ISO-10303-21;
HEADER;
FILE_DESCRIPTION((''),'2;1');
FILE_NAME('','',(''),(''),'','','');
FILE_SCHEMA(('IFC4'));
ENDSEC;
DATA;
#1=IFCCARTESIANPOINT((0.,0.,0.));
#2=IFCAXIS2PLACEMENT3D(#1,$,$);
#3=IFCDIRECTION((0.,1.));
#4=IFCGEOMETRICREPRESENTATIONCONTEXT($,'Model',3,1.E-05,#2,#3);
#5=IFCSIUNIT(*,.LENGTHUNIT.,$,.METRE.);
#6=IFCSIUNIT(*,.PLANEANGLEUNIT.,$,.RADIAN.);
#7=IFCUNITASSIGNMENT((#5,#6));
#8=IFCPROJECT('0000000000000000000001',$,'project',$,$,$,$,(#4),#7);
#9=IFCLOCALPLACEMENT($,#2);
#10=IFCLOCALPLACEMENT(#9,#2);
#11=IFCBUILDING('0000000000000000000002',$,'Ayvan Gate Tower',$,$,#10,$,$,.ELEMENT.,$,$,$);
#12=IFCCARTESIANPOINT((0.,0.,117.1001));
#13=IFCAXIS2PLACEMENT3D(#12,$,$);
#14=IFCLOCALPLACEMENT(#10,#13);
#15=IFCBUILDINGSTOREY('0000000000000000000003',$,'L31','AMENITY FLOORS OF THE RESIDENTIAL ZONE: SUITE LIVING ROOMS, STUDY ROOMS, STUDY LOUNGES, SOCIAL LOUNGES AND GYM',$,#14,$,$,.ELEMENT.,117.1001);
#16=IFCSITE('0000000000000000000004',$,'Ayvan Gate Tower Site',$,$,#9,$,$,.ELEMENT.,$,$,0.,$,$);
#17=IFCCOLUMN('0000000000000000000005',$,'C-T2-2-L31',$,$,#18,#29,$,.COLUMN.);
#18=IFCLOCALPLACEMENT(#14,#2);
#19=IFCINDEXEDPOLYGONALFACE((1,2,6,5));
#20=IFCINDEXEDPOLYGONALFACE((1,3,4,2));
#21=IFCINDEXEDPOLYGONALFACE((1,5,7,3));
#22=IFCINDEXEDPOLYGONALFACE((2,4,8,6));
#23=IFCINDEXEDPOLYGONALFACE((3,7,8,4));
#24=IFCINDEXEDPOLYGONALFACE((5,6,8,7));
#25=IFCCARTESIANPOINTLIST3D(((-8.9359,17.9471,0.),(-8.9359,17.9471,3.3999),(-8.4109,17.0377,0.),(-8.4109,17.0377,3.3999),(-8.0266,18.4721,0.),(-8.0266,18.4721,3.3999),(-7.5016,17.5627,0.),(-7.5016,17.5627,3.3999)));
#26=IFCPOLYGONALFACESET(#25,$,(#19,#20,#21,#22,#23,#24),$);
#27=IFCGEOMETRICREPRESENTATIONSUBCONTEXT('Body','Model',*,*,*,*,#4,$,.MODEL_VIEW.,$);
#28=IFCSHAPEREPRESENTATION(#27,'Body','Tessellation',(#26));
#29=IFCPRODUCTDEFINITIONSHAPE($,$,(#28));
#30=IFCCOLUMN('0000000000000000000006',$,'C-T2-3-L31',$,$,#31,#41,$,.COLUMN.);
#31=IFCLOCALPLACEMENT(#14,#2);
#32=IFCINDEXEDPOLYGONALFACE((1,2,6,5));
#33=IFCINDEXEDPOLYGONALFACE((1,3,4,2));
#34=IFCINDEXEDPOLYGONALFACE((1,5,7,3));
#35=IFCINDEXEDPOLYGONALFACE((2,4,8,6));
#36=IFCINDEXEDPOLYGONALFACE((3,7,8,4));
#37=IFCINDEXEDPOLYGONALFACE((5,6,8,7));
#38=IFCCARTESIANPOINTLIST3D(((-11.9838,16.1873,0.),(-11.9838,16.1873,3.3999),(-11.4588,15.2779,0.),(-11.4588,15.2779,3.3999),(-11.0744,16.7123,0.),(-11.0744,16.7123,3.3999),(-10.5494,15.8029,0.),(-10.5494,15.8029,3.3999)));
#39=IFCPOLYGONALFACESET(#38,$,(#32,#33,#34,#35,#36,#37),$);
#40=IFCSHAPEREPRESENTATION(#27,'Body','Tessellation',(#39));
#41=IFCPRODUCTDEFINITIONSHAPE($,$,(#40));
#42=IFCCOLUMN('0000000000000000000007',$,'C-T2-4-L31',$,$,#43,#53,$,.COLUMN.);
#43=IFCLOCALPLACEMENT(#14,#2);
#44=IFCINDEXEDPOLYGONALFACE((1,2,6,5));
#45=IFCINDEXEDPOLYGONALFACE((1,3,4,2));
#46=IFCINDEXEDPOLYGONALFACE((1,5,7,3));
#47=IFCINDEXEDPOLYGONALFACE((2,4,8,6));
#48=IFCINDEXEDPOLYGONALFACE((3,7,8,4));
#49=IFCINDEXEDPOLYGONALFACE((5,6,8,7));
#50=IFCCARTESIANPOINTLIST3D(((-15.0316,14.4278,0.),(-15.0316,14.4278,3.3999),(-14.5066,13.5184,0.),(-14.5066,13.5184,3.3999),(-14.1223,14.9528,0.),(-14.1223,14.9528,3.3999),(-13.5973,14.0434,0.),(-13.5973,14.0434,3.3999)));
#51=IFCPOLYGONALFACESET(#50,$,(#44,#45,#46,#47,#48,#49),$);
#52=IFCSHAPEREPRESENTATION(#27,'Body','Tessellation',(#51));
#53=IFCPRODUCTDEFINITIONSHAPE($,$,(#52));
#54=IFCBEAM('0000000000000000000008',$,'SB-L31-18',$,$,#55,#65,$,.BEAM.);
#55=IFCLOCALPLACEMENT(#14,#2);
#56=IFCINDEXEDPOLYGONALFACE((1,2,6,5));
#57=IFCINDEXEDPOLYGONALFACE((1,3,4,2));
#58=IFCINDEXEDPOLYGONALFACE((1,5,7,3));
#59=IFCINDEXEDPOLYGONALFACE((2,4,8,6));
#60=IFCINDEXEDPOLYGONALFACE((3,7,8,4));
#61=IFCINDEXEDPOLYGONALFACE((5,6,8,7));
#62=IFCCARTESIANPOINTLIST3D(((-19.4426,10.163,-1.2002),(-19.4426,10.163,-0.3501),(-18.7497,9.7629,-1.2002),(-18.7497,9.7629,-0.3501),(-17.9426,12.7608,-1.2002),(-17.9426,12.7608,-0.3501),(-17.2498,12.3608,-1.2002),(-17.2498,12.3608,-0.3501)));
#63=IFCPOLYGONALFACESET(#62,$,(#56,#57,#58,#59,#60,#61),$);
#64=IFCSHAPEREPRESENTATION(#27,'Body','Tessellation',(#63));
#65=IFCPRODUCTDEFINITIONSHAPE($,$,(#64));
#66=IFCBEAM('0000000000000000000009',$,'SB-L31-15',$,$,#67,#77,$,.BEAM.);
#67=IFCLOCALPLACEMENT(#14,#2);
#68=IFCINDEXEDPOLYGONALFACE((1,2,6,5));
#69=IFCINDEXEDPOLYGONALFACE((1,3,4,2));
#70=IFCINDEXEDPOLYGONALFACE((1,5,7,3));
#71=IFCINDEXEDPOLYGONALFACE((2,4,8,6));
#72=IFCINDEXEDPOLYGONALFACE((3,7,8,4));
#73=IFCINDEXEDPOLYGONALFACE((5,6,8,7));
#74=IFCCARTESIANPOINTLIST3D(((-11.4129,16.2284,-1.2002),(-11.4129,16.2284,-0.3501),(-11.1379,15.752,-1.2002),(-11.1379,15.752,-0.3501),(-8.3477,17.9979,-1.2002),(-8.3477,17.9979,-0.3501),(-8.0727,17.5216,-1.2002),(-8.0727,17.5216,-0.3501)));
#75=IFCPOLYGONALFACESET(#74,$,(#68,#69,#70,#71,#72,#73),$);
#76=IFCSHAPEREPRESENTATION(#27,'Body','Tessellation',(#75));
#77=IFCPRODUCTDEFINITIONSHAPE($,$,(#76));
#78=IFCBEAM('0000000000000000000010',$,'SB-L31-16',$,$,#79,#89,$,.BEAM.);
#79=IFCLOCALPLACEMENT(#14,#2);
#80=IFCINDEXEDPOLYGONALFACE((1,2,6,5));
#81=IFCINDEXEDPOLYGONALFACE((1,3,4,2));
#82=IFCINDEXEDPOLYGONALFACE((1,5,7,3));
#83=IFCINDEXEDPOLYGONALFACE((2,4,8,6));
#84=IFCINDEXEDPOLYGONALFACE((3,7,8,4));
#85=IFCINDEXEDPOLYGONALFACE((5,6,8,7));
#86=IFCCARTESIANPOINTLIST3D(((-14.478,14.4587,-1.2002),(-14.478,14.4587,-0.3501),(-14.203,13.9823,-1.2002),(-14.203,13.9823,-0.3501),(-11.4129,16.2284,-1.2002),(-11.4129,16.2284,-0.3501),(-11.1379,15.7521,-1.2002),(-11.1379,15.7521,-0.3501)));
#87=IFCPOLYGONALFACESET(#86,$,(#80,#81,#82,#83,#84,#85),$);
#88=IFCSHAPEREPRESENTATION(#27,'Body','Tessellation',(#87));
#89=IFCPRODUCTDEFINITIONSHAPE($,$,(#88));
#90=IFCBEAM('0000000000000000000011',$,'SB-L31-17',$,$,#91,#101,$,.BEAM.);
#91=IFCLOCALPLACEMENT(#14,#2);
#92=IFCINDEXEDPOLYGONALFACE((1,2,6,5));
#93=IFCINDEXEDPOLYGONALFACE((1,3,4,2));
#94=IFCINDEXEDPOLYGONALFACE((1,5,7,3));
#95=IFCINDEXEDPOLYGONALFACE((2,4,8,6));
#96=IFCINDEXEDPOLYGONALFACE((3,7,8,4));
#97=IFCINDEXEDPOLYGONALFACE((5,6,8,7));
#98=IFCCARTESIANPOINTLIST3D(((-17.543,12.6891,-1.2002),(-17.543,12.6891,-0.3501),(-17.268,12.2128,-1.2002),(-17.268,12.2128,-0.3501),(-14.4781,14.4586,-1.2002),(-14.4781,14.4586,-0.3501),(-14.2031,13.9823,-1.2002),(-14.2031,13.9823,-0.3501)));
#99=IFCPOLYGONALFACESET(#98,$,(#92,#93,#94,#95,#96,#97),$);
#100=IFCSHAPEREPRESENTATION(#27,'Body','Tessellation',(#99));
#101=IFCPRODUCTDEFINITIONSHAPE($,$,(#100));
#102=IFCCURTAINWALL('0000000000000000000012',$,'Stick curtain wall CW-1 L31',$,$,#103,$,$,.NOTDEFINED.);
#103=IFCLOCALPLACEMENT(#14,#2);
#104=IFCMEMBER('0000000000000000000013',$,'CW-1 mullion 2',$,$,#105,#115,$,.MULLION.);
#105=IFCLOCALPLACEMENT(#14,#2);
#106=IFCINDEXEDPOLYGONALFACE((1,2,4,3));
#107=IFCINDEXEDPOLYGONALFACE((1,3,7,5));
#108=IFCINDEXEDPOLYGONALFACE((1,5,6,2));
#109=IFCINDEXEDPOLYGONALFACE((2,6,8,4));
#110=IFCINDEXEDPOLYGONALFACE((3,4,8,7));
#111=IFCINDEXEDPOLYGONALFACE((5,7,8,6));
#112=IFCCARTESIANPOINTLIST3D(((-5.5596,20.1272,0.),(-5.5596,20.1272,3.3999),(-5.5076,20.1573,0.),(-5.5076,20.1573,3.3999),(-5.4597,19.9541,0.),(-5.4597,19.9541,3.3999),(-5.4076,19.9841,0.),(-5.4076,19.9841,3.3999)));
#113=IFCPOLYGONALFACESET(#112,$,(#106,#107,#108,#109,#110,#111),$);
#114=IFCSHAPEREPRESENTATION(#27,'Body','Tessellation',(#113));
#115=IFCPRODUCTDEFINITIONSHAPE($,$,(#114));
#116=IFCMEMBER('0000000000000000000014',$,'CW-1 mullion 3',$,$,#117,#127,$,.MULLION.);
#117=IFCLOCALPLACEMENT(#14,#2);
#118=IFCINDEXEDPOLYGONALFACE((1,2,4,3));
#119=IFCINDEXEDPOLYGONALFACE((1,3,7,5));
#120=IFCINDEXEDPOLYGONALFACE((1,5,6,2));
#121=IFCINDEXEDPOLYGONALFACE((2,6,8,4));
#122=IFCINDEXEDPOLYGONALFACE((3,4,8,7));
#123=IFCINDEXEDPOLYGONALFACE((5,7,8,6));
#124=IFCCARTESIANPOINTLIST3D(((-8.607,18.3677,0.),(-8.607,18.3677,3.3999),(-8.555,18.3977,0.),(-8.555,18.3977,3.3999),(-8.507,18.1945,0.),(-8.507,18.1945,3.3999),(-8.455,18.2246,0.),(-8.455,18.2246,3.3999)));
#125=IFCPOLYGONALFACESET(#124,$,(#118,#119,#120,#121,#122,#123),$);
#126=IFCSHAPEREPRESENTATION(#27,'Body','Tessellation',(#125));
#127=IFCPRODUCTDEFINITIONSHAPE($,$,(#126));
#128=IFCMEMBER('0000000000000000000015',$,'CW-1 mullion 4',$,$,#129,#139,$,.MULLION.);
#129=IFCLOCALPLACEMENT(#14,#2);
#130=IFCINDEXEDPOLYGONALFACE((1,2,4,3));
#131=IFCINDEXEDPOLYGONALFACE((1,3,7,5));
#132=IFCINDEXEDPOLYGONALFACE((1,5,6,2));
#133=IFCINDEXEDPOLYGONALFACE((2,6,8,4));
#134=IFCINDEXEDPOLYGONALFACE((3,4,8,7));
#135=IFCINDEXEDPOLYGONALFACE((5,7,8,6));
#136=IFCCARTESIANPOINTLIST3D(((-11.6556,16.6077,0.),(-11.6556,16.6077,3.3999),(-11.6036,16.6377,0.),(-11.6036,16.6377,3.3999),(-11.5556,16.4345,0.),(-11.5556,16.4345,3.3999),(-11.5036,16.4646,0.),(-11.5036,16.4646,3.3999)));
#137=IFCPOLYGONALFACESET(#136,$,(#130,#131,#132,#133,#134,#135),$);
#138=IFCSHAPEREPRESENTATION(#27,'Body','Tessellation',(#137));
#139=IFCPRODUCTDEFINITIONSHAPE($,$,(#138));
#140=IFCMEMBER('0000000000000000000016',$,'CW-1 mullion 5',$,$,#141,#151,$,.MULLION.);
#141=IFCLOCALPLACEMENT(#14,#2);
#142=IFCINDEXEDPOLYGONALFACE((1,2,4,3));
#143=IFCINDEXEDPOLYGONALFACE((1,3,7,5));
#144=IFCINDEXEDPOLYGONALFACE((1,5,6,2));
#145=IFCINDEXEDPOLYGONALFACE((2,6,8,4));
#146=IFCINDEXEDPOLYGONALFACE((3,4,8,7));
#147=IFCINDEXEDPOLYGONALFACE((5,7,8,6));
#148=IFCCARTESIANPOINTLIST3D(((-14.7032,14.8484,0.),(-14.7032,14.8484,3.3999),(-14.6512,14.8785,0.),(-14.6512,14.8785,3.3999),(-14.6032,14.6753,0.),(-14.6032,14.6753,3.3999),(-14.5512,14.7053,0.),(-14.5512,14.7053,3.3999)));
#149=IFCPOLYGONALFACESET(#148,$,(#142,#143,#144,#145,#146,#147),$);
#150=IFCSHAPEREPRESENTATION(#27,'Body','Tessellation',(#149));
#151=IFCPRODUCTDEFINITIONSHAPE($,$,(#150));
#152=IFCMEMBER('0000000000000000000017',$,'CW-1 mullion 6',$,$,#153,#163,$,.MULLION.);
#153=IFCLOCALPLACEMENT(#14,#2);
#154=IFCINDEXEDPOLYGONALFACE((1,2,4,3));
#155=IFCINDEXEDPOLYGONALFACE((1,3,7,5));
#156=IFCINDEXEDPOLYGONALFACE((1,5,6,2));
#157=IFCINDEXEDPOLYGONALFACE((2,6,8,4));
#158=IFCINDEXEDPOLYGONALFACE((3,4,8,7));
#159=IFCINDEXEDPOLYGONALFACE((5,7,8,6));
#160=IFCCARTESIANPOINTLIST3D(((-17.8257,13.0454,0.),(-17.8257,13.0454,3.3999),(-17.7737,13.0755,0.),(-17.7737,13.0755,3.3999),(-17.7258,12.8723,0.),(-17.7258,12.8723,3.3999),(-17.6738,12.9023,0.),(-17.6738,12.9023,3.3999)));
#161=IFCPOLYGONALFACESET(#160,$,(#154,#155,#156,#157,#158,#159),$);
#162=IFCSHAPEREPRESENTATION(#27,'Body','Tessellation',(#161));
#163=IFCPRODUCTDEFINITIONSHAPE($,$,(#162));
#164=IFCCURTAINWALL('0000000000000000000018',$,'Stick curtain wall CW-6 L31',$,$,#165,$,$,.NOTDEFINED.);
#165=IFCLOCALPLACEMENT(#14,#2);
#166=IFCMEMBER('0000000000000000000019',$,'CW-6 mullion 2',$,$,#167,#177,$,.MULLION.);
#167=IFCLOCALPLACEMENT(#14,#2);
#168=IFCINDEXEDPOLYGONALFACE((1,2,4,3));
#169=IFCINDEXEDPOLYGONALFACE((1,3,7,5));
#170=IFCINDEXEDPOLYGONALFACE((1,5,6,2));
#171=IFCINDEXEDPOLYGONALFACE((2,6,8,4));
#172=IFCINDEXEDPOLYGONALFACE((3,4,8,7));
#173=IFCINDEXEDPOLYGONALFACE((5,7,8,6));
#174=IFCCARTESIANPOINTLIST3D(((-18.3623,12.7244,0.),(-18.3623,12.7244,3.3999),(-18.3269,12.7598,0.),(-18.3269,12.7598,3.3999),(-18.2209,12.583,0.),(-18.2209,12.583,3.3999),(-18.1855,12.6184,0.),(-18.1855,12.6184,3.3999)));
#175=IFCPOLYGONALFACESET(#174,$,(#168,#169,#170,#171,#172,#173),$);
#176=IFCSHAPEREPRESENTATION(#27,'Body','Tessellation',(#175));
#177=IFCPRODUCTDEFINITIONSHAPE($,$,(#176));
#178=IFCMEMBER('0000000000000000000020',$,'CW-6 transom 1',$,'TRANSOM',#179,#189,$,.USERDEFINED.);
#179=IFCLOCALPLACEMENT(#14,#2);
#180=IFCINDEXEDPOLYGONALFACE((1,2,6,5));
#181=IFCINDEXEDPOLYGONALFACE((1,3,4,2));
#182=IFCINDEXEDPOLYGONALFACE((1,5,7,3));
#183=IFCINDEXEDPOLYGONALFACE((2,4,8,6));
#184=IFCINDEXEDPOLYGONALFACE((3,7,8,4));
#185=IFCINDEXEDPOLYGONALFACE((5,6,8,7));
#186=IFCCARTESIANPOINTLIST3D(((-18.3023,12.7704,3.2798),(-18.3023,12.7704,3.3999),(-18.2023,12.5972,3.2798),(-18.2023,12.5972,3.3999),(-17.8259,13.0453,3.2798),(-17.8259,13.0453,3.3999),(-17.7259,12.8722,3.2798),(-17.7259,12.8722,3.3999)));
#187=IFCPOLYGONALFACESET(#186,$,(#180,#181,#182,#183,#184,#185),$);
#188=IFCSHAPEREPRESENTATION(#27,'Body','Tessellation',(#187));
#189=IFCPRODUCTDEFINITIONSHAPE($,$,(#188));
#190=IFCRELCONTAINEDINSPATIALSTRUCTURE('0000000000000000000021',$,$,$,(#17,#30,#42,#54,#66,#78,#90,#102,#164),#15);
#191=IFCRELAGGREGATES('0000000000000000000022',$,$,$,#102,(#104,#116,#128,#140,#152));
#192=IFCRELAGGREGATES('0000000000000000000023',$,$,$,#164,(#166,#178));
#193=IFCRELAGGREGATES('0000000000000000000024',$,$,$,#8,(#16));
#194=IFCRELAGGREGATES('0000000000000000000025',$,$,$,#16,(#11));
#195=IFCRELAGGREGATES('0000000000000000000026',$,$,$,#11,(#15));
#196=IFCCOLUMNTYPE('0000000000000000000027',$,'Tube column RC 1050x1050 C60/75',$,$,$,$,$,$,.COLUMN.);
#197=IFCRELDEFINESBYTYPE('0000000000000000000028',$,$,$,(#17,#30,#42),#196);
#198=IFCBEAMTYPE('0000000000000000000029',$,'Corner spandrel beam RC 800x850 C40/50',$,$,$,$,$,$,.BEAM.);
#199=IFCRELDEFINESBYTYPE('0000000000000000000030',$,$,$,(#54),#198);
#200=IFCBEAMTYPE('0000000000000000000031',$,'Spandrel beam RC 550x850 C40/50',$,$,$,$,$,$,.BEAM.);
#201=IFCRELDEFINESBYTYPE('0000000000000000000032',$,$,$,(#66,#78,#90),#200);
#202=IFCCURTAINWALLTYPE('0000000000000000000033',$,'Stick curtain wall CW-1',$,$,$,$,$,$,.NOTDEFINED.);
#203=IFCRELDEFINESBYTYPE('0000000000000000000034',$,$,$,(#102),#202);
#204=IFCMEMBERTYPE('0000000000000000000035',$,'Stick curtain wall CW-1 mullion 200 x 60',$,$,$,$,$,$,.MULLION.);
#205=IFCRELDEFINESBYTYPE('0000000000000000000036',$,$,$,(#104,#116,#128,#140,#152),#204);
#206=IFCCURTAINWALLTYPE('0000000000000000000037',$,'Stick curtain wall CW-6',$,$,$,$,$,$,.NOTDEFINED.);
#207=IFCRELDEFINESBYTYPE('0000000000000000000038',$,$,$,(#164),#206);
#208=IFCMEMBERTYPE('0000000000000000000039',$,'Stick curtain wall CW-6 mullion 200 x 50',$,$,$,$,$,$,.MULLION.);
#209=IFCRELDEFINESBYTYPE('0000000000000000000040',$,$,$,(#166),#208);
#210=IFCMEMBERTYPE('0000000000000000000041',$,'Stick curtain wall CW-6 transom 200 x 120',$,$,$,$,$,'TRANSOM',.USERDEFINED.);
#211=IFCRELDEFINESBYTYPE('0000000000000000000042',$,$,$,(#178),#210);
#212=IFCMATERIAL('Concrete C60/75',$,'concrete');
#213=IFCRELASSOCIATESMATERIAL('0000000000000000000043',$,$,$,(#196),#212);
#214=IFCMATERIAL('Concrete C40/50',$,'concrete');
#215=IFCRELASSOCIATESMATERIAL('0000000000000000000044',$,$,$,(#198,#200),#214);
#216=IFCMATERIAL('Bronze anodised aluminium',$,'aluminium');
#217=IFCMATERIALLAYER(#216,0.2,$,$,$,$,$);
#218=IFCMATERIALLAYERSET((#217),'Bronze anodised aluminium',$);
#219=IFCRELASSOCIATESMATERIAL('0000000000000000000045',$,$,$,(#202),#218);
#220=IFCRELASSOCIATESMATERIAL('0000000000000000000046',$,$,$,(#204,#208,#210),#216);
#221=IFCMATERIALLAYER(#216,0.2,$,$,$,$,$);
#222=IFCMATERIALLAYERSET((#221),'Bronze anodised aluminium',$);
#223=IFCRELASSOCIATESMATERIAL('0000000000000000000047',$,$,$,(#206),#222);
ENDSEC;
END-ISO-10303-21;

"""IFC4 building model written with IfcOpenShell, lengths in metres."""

from ifc_helpers import new_model, si_unit, direction, frame, origin, origin_2d, place, context, subcontext, project, spatial, rectangle, extrude, material, layer, layer_set, material_profile, profile_set, type_object, element, aggregate, save


model = new_model("IFC4")

# Units and contexts
model_context = context("Model", 3, precision=1e-05, world=origin(), true_north=direction((0.0, 1.0)))
body_context = subcontext(model_context, "Body", "Model", "MODEL_VIEW")
ifc_project = project(units=[si_unit("LENGTHUNIT", "METRE"), si_unit("PLANEANGLEUNIT", "RADIAN")], contexts=[model_context])

# Site, building, storey
site_placement = place(None, origin())
site = spatial("IfcSite", under=ifc_project, at=site_placement, Name="Ayvan Gate Tower Site", CompositionType="ELEMENT", RefElevation=0.0)
building_placement = place(site_placement, origin())
building = spatial("IfcBuilding", under=site, at=building_placement, Name="Ayvan Gate Tower", CompositionType="ELEMENT")
storey_placement = place(building_placement, frame((0.0, 0.0, 117.1001)))
storey = spatial("IfcBuildingStorey", under=building, at=storey_placement, Name="L31", Description="AMENITY FLOORS OF THE RESIDENTIAL ZONE: SUITE LIVING ROOMS, STUDY ROOMS, STUDY LOUNGES, SOCIAL LOUNGES AND GYM", CompositionType="ELEMENT", Elevation=117.1001)

# Columns
ifc_material_1 = material(Name="Concrete C60/75", Category="concrete")
ifc_material_profile_1 = material_profile(ifc_material_1, rectangle(XDim=1.05, YDim=1.05, at=origin_2d()), Name="RC 1050x1050")
ifc_profile_set_1 = profile_set([ifc_material_profile_1], Name="Concrete C60/75")
column_type = type_object("IfcColumnType", Name="Tube column RC 1050x1050 C60/75", PredefinedType="COLUMN", material=ifc_profile_set_1)
for number, where, z_axis, x_axis, name in (
    (1, (-8.2188, 17.7549, 0.0), (0.0, 0.0, 1.0), (-0.5, 0.866025, 0.0), "C-T2-2-L31"),
    (2, (-11.2666, 15.9951, 0.0), (0.0, 0.0, 1.0), (-0.5, 0.866025, 0.0), "C-T2-3-L31"),
    (3, (-14.3145, 14.2356, 0.0), (0.0, 0.0, 1.0), (-0.5, 0.866025, 0.0), "C-T2-4-L31"),
):
    element("IfcColumn", number, at=place(storey_placement, frame(where, z_axis=z_axis, x_axis=x_axis)), inside=storey, type_object=column_type, Name=name, PredefinedType="COLUMN", context=body_context, shape_type="SweptSolid", body=[
        extrude(rectangle(XDim=1.05, YDim=1.05, at=origin_2d()), origin(), (0.0, 0.0, 1.0), 3.3999),
    ])

# Beams
ifc_material_2 = material(Name="Concrete C40/50", Category="concrete")
ifc_material_profile_2 = material_profile(ifc_material_2, rectangle(XDim=0.8, YDim=0.8501, at=origin_2d()), Name="RC 800x850")
ifc_profile_set_2 = profile_set([ifc_material_profile_2], Name="Concrete C40/50")
beam_type_1 = type_object("IfcBeamType", Name="Corner spandrel beam RC 800x850 C40/50", PredefinedType="BEAM", material=ifc_profile_set_2)
beam_1_placement = place(storey_placement, frame((-17.5962, 12.5608, -0.7751), z_axis=(-0.500025, -0.866011, 0.0), x_axis=(0.866011, -0.500025, 0.0)))
element("IfcBeam", 4, at=beam_1_placement, inside=storey, type_object=beam_type_1, Name="SB-L31-18", PredefinedType="BEAM", context=body_context, shape_type="SweptSolid", body=[
    extrude(rectangle(XDim=0.8, YDim=0.8501, at=origin_2d()), origin(), (0.0, 0.0, 1.0), 2.9998),
])
ifc_material_profile_3 = material_profile(ifc_material_2, rectangle(XDim=0.55, YDim=0.8501, at=origin_2d()), Name="RC 550x850")
ifc_profile_set_3 = profile_set([ifc_material_profile_3], Name="Concrete C40/50")
beam_type_2 = type_object("IfcBeamType", Name="Spandrel beam RC 550x850 C40/50", PredefinedType="BEAM", material=ifc_profile_set_3)
for number, where, z_axis, x_axis, name in (
    (5, (-8.2102, 17.7598, -0.7751), (-0.866044, -0.499967, 0.0), (0.499967, -0.866044, 0.0), "SB-L31-15"),
    (6, (-11.2754, 15.9902, -0.7751), (-0.866014, -0.500019, 0.0), (0.500019, -0.866014, 0.0), "SB-L31-16"),
):
    element("IfcBeam", number, at=place(storey_placement, frame(where, z_axis=z_axis, x_axis=x_axis)), inside=storey, type_object=beam_type_2, Name=name, PredefinedType="BEAM", context=body_context, shape_type="SweptSolid", body=[
        extrude(rectangle(XDim=0.55, YDim=0.8501, at=origin_2d()), origin(), (0.0, 0.0, 1.0), 3.5393),
    ])
beam_2_placement = place(storey_placement, frame((-14.3406, 14.2205, -0.7751), z_axis=(-0.866027, -0.499997, 0.0), x_axis=(0.499997, -0.866027, 0.0)))
element("IfcBeam", 7, at=beam_2_placement, inside=storey, type_object=beam_type_2, Name="SB-L31-17", PredefinedType="BEAM", context=body_context, shape_type="SweptSolid", body=[
    extrude(rectangle(XDim=0.55, YDim=0.8501, at=origin_2d()), origin(), (0.0, 0.0, 1.0), 3.5391),
])

# Curtain walls, members
ifc_material_3 = material(Name="Bronze anodised aluminium", Category="aluminium")
ifc_layer_1 = layer(ifc_material_3, 0.2)
ifc_layer_set_1 = layer_set([ifc_layer_1], Name="Bronze anodised aluminium")
curtain_wall_type_1 = type_object("IfcCurtainWallType", Name="Stick curtain wall CW-1", PredefinedType="NOTDEFINED", material=ifc_layer_set_1)
curtain_wall_1_placement = place(storey_placement, origin())
curtain_wall_1 = element("IfcCurtainWall", 8, at=curtain_wall_1_placement, inside=storey, type_object=curtain_wall_type_1, Name="Stick curtain wall CW-1 L31", PredefinedType="NOTDEFINED")
ifc_material_profile_4 = material_profile(ifc_material_3, rectangle(XDim=0.2, YDim=0.0601, at=origin_2d()), Name="Stick curtain wall CW-1 mullion 200 x 60")
ifc_profile_set_4 = profile_set([ifc_material_profile_4], Name="Bronze anodised aluminium")
member_type_1 = type_object("IfcMemberType", Name="Stick curtain wall CW-1 mullion 200 x 60", PredefinedType="MULLION", material=ifc_profile_set_4)
member_1_placement = place(storey_placement, frame((-5.4836, 20.0557, 0.0), z_axis=(0.0, 0.0, 1.0), x_axis=(-0.5, 0.866025, 0.0)))
member_1 = element("IfcMember", 9, at=member_1_placement, type_object=member_type_1, Name="CW-1 mullion 2", PredefinedType="MULLION", context=body_context, shape_type="SweptSolid", body=[
    extrude(rectangle(XDim=0.2, YDim=0.0601, at=origin_2d()), origin(), (0.0, 0.0, 1.0), 3.3999),
])
member_2_placement = place(storey_placement, frame((-8.531, 18.2961, 0.0), z_axis=(0.0, 0.0, 1.0), x_axis=(-0.5, 0.866025, 0.0)))
member_2 = element("IfcMember", 10, at=member_2_placement, type_object=member_type_1, Name="CW-1 mullion 3", PredefinedType="MULLION", context=body_context, shape_type="SweptSolid", body=[
    extrude(rectangle(XDim=0.2, YDim=0.0601, at=origin_2d()), origin(), (0.0, 0.0, 1.0), 3.3999),
])
member_3_placement = place(storey_placement, frame((-11.5796, 16.5361, 0.0), z_axis=(0.0, 0.0, 1.0), x_axis=(-0.5, 0.866025, 0.0)))
member_3 = element("IfcMember", 11, at=member_3_placement, type_object=member_type_1, Name="CW-1 mullion 4", PredefinedType="MULLION", context=body_context, shape_type="SweptSolid", body=[
    extrude(rectangle(XDim=0.2, YDim=0.0601, at=origin_2d()), origin(), (0.0, 0.0, 1.0), 3.3999),
])
member_4_placement = place(storey_placement, frame((-14.6272, 14.7769, 0.0), z_axis=(0.0, 0.0, 1.0), x_axis=(-0.5, 0.866025, 0.0)))
member_4 = element("IfcMember", 12, at=member_4_placement, type_object=member_type_1, Name="CW-1 mullion 5", PredefinedType="MULLION", context=body_context, shape_type="SweptSolid", body=[
    extrude(rectangle(XDim=0.2, YDim=0.0601, at=origin_2d()), origin(), (0.0, 0.0, 1.0), 3.3999),
])
member_5_placement = place(storey_placement, frame((-17.7498, 12.9739, 0.0), z_axis=(0.0, 0.0, 1.0), x_axis=(-0.5, 0.866025, 0.0)))
member_5 = element("IfcMember", 13, at=member_5_placement, type_object=member_type_1, Name="CW-1 mullion 6", PredefinedType="MULLION", context=body_context, shape_type="SweptSolid", body=[
    extrude(rectangle(XDim=0.2, YDim=0.0601, at=origin_2d()), origin(), (0.0, 0.0, 1.0), 3.3999),
])
ifc_layer_2 = layer(ifc_material_3, 0.2)
ifc_layer_set_2 = layer_set([ifc_layer_2], Name="Bronze anodised aluminium")
curtain_wall_type_2 = type_object("IfcCurtainWallType", Name="Stick curtain wall CW-6", PredefinedType="NOTDEFINED", material=ifc_layer_set_2)
curtain_wall_2_placement = place(storey_placement, origin())
curtain_wall_2 = element("IfcCurtainWall", 14, at=curtain_wall_2_placement, inside=storey, type_object=curtain_wall_type_2, Name="Stick curtain wall CW-6 L31", PredefinedType="NOTDEFINED")
ifc_material_profile_5 = material_profile(ifc_material_3, rectangle(XDim=0.2, YDim=0.05, at=origin_2d()), Name="Stick curtain wall CW-6 mullion 200 x 50")
ifc_profile_set_5 = profile_set([ifc_material_profile_5], Name="Bronze anodised aluminium")
member_type_2 = type_object("IfcMemberType", Name="Stick curtain wall CW-6 mullion 200 x 50", PredefinedType="MULLION", material=ifc_profile_set_5)
member_6_placement = place(storey_placement, frame((-18.2739, 12.6714, 0.0), z_axis=(0.0, 0.0, 1.0), x_axis=(-0.707107, 0.707107, 0.0)))
member_6 = element("IfcMember", 15, at=member_6_placement, type_object=member_type_2, Name="CW-6 mullion 2", PredefinedType="MULLION", context=body_context, shape_type="SweptSolid", body=[
    extrude(rectangle(XDim=0.2, YDim=0.05, at=origin_2d()), origin(), (0.0, 0.0, 1.0), 3.3999),
])
ifc_material_profile_6 = material_profile(ifc_material_3, rectangle(XDim=0.2, YDim=0.1201, at=origin_2d()), Name="Stick curtain wall CW-6 transom 200 x 120")
ifc_profile_set_6 = profile_set([ifc_material_profile_6], Name="Bronze anodised aluminium")
member_type_3 = type_object("IfcMemberType", Name="Stick curtain wall CW-6 transom 200 x 120", ElementType="TRANSOM", PredefinedType="USERDEFINED", material=ifc_profile_set_6)
member_7_placement = place(storey_placement, frame((-17.7759, 12.9587, 3.3398), z_axis=(-0.866104, -0.499863, 0.0), x_axis=(0.499863, -0.866104, 0.0)))
member_7 = element("IfcMember", 16, at=member_7_placement, type_object=member_type_3, Name="CW-6 transom 1", ObjectType="TRANSOM", PredefinedType="USERDEFINED", context=body_context, shape_type="SweptSolid", body=[
    extrude(rectangle(XDim=0.2, YDim=0.1201, at=origin_2d()), origin(), (0.0, 0.0, 1.0), 0.55),
])

aggregate(curtain_wall_1, [member_1, member_2, member_3, member_4, member_5])
aggregate(curtain_wall_2, [member_6, member_7])

save(model, "model.ifc")
